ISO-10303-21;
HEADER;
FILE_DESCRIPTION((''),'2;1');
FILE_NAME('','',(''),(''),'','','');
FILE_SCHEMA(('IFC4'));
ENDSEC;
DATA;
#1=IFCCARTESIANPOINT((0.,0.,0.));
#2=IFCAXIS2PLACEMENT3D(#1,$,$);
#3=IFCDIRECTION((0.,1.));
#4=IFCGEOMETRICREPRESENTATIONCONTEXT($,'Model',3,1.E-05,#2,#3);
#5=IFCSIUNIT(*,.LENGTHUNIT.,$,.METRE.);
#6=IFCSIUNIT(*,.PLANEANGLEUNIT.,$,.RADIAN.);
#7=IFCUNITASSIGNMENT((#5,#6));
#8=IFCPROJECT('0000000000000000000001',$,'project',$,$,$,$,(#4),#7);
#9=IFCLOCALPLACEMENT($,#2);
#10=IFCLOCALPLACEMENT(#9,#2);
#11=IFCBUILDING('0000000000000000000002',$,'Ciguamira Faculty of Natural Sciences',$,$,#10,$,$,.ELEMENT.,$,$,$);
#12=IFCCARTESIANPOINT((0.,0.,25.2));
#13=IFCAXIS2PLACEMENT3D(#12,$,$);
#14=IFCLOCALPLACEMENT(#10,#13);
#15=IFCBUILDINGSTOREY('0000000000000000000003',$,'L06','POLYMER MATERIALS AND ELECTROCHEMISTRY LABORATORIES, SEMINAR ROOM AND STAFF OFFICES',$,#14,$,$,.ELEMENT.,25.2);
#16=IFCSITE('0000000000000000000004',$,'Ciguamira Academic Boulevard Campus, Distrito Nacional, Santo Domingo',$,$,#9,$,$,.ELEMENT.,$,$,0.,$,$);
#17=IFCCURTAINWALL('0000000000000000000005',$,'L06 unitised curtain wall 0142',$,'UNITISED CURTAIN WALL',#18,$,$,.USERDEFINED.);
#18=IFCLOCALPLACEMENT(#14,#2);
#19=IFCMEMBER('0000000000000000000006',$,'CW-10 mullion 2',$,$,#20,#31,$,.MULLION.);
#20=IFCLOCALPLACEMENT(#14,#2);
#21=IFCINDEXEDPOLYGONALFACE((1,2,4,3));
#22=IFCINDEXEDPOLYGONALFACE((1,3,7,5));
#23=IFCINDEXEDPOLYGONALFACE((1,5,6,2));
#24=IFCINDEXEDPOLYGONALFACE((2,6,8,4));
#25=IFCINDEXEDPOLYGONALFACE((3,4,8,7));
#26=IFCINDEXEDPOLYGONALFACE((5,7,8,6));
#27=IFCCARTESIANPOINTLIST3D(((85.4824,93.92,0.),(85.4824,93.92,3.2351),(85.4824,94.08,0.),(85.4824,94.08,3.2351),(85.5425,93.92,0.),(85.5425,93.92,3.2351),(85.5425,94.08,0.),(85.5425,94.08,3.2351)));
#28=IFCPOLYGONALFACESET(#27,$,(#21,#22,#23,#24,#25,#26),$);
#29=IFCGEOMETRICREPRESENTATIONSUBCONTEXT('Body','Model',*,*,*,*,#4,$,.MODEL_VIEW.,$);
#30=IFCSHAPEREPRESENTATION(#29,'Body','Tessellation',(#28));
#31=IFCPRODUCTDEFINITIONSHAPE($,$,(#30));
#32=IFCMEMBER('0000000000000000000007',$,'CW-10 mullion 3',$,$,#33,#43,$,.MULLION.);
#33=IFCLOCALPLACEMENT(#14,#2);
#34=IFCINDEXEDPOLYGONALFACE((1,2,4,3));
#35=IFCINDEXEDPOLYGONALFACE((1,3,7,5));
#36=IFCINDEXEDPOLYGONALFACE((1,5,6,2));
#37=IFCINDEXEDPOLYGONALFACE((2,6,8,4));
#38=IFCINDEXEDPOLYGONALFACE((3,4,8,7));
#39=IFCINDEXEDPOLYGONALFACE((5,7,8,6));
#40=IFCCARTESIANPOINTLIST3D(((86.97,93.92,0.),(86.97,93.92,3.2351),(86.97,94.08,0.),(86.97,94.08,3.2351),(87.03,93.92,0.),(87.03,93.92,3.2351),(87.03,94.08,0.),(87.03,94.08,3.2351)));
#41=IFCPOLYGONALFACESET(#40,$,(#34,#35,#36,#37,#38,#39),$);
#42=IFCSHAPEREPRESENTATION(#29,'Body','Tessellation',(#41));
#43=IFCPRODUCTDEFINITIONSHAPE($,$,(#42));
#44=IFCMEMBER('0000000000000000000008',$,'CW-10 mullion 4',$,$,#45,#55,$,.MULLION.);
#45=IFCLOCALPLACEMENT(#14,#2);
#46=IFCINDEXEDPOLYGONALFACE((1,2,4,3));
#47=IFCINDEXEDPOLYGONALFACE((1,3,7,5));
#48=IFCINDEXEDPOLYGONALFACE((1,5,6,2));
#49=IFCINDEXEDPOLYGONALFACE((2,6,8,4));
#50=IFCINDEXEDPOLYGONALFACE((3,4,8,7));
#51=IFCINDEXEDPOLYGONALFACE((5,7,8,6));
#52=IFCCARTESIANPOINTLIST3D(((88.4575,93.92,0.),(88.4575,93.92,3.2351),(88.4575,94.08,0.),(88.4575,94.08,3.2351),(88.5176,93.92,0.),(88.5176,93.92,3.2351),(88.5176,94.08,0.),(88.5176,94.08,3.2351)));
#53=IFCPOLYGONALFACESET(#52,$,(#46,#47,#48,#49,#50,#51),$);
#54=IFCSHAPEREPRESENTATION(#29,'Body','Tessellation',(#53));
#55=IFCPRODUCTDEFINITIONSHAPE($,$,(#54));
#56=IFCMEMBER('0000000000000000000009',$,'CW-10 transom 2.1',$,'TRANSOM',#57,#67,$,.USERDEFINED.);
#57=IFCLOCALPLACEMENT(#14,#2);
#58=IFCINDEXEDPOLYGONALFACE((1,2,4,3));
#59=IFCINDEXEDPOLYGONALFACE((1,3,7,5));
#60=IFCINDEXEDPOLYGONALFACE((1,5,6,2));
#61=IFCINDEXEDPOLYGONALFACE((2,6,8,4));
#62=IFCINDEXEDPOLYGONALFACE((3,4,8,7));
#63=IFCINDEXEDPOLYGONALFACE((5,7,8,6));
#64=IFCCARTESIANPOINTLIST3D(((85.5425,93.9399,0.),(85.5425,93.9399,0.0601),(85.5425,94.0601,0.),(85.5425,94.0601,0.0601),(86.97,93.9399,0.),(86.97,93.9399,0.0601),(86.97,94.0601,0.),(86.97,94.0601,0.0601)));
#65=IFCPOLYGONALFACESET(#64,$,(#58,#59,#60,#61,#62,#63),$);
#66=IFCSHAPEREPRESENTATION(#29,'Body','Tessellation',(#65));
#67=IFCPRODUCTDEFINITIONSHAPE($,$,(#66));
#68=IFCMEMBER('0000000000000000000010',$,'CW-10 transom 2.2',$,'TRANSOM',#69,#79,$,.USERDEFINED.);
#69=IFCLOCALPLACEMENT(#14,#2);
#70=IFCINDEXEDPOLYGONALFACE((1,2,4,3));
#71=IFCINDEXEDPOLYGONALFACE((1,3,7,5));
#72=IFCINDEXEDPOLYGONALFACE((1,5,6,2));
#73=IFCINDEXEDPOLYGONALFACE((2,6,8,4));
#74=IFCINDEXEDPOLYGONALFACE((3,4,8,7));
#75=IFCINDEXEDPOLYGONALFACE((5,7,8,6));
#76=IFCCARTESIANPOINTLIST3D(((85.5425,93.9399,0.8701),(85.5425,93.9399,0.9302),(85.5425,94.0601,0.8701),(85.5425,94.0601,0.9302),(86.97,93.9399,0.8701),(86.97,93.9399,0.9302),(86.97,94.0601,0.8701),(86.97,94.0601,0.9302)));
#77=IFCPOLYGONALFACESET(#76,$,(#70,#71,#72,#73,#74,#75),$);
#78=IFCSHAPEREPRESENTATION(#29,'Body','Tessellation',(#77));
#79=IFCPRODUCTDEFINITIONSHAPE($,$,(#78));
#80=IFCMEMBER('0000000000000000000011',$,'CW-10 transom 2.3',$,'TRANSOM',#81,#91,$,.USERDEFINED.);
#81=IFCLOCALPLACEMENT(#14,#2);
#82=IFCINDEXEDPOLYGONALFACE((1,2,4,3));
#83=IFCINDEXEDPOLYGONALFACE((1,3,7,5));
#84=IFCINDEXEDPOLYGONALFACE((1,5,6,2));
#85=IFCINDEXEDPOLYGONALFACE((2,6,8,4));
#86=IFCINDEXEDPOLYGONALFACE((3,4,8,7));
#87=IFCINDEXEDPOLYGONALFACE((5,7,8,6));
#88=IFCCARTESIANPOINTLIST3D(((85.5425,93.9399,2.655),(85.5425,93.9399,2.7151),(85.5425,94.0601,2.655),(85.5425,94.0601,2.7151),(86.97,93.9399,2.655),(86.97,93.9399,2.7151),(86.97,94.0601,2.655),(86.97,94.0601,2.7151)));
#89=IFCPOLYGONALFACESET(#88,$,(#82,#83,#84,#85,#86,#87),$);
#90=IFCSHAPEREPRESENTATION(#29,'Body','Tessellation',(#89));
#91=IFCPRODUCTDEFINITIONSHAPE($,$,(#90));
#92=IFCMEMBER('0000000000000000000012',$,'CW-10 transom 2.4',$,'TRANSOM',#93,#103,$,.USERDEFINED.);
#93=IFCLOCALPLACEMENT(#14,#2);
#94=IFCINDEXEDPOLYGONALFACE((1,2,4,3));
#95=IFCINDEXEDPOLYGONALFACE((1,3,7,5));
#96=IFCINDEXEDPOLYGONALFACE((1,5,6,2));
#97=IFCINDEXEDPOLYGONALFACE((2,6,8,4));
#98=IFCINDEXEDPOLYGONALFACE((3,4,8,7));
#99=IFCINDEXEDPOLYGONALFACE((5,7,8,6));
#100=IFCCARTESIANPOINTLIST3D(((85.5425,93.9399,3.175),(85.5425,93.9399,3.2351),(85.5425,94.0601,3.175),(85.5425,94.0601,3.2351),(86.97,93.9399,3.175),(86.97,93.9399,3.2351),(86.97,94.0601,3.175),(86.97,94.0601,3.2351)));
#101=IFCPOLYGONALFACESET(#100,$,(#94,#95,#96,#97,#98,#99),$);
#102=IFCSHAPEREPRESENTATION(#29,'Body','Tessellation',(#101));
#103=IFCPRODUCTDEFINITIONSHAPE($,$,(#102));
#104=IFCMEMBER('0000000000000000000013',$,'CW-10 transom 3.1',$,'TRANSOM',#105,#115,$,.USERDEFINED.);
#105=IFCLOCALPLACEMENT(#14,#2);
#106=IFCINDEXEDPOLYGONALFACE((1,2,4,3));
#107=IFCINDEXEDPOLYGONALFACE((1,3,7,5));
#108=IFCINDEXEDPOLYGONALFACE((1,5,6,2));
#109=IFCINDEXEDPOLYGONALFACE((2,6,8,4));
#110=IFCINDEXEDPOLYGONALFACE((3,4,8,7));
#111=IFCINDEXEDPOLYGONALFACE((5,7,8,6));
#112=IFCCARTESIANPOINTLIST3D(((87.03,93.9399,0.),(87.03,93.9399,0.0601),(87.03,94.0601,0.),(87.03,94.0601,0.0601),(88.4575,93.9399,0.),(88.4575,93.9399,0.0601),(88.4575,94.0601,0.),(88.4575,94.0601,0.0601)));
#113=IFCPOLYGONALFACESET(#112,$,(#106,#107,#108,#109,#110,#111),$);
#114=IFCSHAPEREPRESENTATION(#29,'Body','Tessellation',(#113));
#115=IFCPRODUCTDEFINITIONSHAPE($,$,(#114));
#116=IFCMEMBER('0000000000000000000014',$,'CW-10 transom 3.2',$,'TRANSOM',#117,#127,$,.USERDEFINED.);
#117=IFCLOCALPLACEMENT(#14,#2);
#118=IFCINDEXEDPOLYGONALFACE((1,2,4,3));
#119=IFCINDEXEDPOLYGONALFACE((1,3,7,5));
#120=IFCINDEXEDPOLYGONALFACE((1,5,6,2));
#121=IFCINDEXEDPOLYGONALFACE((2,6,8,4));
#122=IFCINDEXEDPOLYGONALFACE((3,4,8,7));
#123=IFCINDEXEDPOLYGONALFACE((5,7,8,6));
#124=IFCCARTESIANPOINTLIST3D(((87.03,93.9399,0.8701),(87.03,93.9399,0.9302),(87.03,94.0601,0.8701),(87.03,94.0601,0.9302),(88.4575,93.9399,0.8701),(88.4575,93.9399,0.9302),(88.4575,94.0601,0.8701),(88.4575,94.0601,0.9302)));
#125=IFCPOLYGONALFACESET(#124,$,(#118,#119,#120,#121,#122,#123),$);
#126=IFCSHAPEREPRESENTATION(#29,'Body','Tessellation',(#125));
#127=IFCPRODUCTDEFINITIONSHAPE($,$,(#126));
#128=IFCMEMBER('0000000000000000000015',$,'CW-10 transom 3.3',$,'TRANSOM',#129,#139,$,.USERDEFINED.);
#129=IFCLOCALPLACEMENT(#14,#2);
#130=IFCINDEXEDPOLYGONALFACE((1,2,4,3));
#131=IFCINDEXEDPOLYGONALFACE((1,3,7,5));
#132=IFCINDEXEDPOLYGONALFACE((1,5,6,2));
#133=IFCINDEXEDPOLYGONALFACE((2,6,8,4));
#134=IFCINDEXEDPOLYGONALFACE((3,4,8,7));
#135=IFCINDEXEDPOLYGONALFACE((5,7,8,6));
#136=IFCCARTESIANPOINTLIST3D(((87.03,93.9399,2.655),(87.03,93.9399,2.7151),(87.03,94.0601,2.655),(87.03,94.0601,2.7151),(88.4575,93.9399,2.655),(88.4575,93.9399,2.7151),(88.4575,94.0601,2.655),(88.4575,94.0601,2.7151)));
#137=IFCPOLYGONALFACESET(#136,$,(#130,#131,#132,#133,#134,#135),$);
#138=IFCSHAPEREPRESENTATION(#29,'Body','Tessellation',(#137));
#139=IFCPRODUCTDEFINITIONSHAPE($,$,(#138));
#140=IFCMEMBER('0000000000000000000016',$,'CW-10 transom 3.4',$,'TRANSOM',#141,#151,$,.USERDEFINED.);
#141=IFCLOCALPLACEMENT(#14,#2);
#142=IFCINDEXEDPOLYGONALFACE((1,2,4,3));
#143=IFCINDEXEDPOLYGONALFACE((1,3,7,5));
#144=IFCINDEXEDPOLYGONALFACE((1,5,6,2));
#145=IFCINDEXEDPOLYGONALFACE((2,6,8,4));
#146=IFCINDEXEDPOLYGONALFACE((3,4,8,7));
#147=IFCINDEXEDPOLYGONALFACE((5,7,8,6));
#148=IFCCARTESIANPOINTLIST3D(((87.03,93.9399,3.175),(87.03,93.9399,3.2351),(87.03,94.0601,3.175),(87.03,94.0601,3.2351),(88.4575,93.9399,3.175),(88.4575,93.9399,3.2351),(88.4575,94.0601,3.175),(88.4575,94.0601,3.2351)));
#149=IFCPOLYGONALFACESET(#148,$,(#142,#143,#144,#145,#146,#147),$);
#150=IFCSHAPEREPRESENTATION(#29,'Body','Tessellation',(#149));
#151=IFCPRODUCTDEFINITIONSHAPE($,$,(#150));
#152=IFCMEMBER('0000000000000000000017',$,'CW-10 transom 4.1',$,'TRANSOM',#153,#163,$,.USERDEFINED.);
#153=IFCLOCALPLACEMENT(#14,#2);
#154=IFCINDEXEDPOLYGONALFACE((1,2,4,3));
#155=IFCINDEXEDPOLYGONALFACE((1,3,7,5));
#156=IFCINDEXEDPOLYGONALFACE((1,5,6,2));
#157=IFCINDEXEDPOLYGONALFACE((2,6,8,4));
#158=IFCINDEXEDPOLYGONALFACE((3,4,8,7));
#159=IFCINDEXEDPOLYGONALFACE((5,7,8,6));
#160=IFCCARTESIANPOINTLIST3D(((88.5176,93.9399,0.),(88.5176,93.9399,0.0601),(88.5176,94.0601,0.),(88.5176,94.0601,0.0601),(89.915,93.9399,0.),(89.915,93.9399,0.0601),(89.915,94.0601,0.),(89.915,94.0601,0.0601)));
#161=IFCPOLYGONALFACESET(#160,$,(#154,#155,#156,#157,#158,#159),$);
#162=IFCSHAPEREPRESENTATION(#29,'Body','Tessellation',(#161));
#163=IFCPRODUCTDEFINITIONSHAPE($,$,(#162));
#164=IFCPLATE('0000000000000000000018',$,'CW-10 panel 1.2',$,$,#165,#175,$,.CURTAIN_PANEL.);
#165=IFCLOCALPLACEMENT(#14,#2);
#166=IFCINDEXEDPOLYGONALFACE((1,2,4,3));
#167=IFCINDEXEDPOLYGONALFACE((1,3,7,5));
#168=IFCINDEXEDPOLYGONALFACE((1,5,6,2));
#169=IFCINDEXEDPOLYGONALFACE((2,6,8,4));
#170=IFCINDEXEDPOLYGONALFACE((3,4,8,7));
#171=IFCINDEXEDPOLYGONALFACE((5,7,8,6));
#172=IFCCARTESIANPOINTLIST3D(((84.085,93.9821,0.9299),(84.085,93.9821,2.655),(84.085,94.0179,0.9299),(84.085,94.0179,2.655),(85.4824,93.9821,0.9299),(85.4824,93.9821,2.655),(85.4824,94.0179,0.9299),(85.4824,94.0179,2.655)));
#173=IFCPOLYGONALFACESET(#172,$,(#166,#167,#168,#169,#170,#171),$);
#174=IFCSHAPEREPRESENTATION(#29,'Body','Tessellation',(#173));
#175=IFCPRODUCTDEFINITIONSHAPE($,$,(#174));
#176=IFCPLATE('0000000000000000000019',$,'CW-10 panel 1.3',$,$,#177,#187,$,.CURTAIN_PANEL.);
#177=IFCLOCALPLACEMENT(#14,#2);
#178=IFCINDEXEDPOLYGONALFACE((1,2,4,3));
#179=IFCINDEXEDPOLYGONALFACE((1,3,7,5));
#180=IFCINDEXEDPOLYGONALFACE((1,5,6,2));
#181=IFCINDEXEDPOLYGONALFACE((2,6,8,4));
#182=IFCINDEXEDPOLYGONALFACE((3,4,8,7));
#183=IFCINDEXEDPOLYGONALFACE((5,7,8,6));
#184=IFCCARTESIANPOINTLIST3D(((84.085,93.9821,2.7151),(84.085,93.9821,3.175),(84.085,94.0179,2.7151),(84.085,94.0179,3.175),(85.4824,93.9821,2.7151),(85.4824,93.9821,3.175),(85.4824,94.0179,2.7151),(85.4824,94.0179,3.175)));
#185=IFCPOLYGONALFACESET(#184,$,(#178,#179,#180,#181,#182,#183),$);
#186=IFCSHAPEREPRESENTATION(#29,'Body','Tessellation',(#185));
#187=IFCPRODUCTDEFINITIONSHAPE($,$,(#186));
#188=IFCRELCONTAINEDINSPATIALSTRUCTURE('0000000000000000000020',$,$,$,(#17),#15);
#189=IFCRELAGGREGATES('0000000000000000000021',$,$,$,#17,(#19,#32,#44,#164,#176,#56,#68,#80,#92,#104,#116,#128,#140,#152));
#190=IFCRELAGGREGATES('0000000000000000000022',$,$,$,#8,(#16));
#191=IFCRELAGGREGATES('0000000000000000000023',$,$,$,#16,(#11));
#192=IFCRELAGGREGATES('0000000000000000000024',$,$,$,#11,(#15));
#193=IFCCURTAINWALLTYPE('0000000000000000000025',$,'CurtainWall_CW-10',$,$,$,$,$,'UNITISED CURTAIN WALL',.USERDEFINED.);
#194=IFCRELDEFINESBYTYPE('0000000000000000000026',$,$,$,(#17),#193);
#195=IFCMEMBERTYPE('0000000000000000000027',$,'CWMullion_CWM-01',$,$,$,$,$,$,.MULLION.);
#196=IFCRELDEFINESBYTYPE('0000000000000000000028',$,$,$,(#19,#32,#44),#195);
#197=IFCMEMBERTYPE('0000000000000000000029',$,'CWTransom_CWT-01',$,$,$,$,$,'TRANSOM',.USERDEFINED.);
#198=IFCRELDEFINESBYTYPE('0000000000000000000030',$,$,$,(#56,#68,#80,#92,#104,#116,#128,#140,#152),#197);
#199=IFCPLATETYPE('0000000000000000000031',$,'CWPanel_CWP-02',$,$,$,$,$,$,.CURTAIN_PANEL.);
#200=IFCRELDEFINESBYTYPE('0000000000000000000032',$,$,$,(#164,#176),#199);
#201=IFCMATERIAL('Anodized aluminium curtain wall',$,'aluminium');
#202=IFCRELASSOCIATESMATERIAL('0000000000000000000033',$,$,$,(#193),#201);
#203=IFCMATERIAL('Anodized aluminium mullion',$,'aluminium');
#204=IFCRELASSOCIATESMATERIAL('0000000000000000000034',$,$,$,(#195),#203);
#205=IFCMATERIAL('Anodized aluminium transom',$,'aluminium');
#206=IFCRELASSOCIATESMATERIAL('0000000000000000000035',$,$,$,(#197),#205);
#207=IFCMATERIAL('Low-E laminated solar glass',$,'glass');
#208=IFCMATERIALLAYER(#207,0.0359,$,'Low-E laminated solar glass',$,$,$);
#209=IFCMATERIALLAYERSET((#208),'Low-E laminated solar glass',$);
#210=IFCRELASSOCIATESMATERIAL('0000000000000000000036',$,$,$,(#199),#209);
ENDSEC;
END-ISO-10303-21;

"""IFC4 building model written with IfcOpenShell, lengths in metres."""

from ifc_helpers import new_model, si_unit, direction, frame, origin, origin_2d, place, context, subcontext, project, spatial, rectangle, extrude, material, layer, layer_set, material_profile, profile_set, type_object, element, aggregate, save


model = new_model("IFC4")

# Units and contexts
model_context = context("Model", 3, precision=1e-05, world=origin(), true_north=direction((0.0, 1.0)))
body_context = subcontext(model_context, "Body", "Model", "MODEL_VIEW")
ifc_project = project(units=[si_unit("LENGTHUNIT", "METRE"), si_unit("PLANEANGLEUNIT", "RADIAN")], contexts=[model_context])

# Site, building, storey
site_placement = place(None, origin())
site = spatial("IfcSite", under=ifc_project, at=site_placement, Name="Ciguamira Academic Boulevard Campus, Distrito Nacional, Santo Domingo", CompositionType="ELEMENT", RefElevation=0.0)
building_placement = place(site_placement, origin())
building = spatial("IfcBuilding", under=site, at=building_placement, Name="Ciguamira Faculty of Natural Sciences", CompositionType="ELEMENT")
storey_placement = place(building_placement, frame((0.0, 0.0, 25.2)))
storey = spatial("IfcBuildingStorey", under=building, at=storey_placement, Name="L06", Description="POLYMER MATERIALS AND ELECTROCHEMISTRY LABORATORIES, SEMINAR ROOM AND STAFF OFFICES", CompositionType="ELEMENT", Elevation=25.2)

# Curtain wall, members, plates
ifc_material_1 = material(Name="Anodized aluminium curtain wall", Category="aluminium")
curtain_wall_type = type_object("IfcCurtainWallType", Name="CurtainWall_CW-10", ElementType="UNITISED CURTAIN WALL", PredefinedType="USERDEFINED", material=ifc_material_1)
curtain_wall_placement = place(storey_placement, origin())
curtain_wall = element("IfcCurtainWall", 1, at=curtain_wall_placement, inside=storey, type_object=curtain_wall_type, Name="L06 unitised curtain wall 0142", ObjectType="UNITISED CURTAIN WALL", PredefinedType="USERDEFINED")
ifc_material_2 = material(Name="Anodized aluminium mullion", Category="aluminium")
ifc_material_profile_1 = material_profile(ifc_material_2, rectangle(XDim=0.0601, YDim=0.1599, at=origin_2d()), Name="ALU-MUL-60X160")
ifc_profile_set_1 = profile_set([ifc_material_profile_1], Name="Anodized aluminium mullion")
member_type_1 = type_object("IfcMemberType", Name="CWMullion_CWM-01", PredefinedType="MULLION", material=ifc_profile_set_1)
member_1_placement = place(storey_placement, frame((85.5125, 94.0, 0.0), z_axis=(0.0, 0.0, 1.0), x_axis=(1.0, 0.0, 0.0)))
member_1 = element("IfcMember", 2, at=member_1_placement, type_object=member_type_1, Name="CW-10 mullion 2", PredefinedType="MULLION", context=body_context, shape_type="SweptSolid", body=[
    extrude(rectangle(XDim=0.0601, YDim=0.1599, at=origin_2d()), origin(), (0.0, 0.0, 1.0), 3.2351),
])
member_2_placement = place(storey_placement, frame((87.0, 94.0, 0.0), z_axis=(0.0, 0.0, 1.0), x_axis=(1.0, 0.0, 0.0)))
member_2 = element("IfcMember", 3, at=member_2_placement, type_object=member_type_1, Name="CW-10 mullion 3", PredefinedType="MULLION", context=body_context, shape_type="SweptSolid", body=[
    extrude(rectangle(XDim=0.0601, YDim=0.1599, at=origin_2d()), origin(), (0.0, 0.0, 1.0), 3.2351),
])
member_3_placement = place(storey_placement, frame((88.4875, 94.0, 0.0), z_axis=(0.0, 0.0, 1.0), x_axis=(1.0, 0.0, 0.0)))
member_3 = element("IfcMember", 4, at=member_3_placement, type_object=member_type_1, Name="CW-10 mullion 4", PredefinedType="MULLION", context=body_context, shape_type="SweptSolid", body=[
    extrude(rectangle(XDim=0.0601, YDim=0.1599, at=origin_2d()), origin(), (0.0, 0.0, 1.0), 3.2351),
])
ifc_material_3 = material(Name="Anodized aluminium transom", Category="aluminium")
ifc_material_profile_2 = material_profile(ifc_material_3, rectangle(XDim=0.0601, YDim=0.1201, at=origin_2d()), Name="ALU-TRN-60X120")
ifc_profile_set_2 = profile_set([ifc_material_profile_2], Name="Anodized aluminium transom")
member_type_2 = type_object("IfcMemberType", Name="CWTransom_CWT-01", ElementType="TRANSOM", PredefinedType="USERDEFINED", material=ifc_profile_set_2)
member_4_placement = place(storey_placement, frame((85.5425, 94.0, 0.03), z_axis=(1.0, 0.0, 0.0), x_axis=(0.0, 0.0, 1.0)))
member_4 = element("IfcMember", 5, at=member_4_placement, type_object=member_type_2, Name="CW-10 transom 2.1", ObjectType="TRANSOM", PredefinedType="USERDEFINED", context=body_context, shape_type="SweptSolid", body=[
    extrude(rectangle(XDim=0.0601, YDim=0.1201, at=origin_2d()), origin(), (0.0, 0.0, 1.0), 1.4275),
])
member_5_placement = place(storey_placement, frame((85.5425, 94.0, 0.9001), z_axis=(1.0, 0.0, 0.0), x_axis=(0.0, 0.0, 1.0)))
member_5 = element("IfcMember", 6, at=member_5_placement, type_object=member_type_2, Name="CW-10 transom 2.2", ObjectType="TRANSOM", PredefinedType="USERDEFINED", context=body_context, shape_type="SweptSolid", body=[
    extrude(rectangle(XDim=0.0601, YDim=0.1201, at=origin_2d()), origin(), (0.0, 0.0, 1.0), 1.4275),
])
member_6_placement = place(storey_placement, frame((85.5425, 94.0, 2.6851), z_axis=(1.0, 0.0, 0.0), x_axis=(0.0, 0.0, 1.0)))
member_6 = element("IfcMember", 7, at=member_6_placement, type_object=member_type_2, Name="CW-10 transom 2.3", ObjectType="TRANSOM", PredefinedType="USERDEFINED", context=body_context, shape_type="SweptSolid", body=[
    extrude(rectangle(XDim=0.0601, YDim=0.1201, at=origin_2d()), origin(), (0.0, 0.0, 1.0), 1.4275),
])
member_7_placement = place(storey_placement, frame((85.5425, 94.0, 3.2051), z_axis=(1.0, 0.0, 0.0), x_axis=(0.0, 0.0, 1.0)))
member_7 = element("IfcMember", 8, at=member_7_placement, type_object=member_type_2, Name="CW-10 transom 2.4", ObjectType="TRANSOM", PredefinedType="USERDEFINED", context=body_context, shape_type="SweptSolid", body=[
    extrude(rectangle(XDim=0.0601, YDim=0.1201, at=origin_2d()), origin(), (0.0, 0.0, 1.0), 1.4275),
])
member_8_placement = place(storey_placement, frame((87.03, 94.0, 0.03), z_axis=(1.0, 0.0, 0.0), x_axis=(0.0, 0.0, 1.0)))
member_8 = element("IfcMember", 9, at=member_8_placement, type_object=member_type_2, Name="CW-10 transom 3.1", ObjectType="TRANSOM", PredefinedType="USERDEFINED", context=body_context, shape_type="SweptSolid", body=[
    extrude(rectangle(XDim=0.0601, YDim=0.1201, at=origin_2d()), origin(), (0.0, 0.0, 1.0), 1.4275),
])
member_9_placement = place(storey_placement, frame((87.03, 94.0, 0.9001), z_axis=(1.0, 0.0, 0.0), x_axis=(0.0, 0.0, 1.0)))
member_9 = element("IfcMember", 10, at=member_9_placement, type_object=member_type_2, Name="CW-10 transom 3.2", ObjectType="TRANSOM", PredefinedType="USERDEFINED", context=body_context, shape_type="SweptSolid", body=[
    extrude(rectangle(XDim=0.0601, YDim=0.1201, at=origin_2d()), origin(), (0.0, 0.0, 1.0), 1.4275),
])
member_10_placement = place(storey_placement, frame((87.03, 94.0, 2.6851), z_axis=(1.0, 0.0, 0.0), x_axis=(0.0, 0.0, 1.0)))
member_10 = element("IfcMember", 11, at=member_10_placement, type_object=member_type_2, Name="CW-10 transom 3.3", ObjectType="TRANSOM", PredefinedType="USERDEFINED", context=body_context, shape_type="SweptSolid", body=[
    extrude(rectangle(XDim=0.0601, YDim=0.1201, at=origin_2d()), origin(), (0.0, 0.0, 1.0), 1.4275),
])
member_11_placement = place(storey_placement, frame((87.03, 94.0, 3.2051), z_axis=(1.0, 0.0, 0.0), x_axis=(0.0, 0.0, 1.0)))
member_11 = element("IfcMember", 12, at=member_11_placement, type_object=member_type_2, Name="CW-10 transom 3.4", ObjectType="TRANSOM", PredefinedType="USERDEFINED", context=body_context, shape_type="SweptSolid", body=[
    extrude(rectangle(XDim=0.0601, YDim=0.1201, at=origin_2d()), origin(), (0.0, 0.0, 1.0), 1.4275),
])
member_12_placement = place(storey_placement, frame((88.5176, 94.0, 0.03), z_axis=(1.0, 0.0, 0.0), x_axis=(0.0, 0.0, 1.0)))
member_12 = element("IfcMember", 13, at=member_12_placement, type_object=member_type_2, Name="CW-10 transom 4.1", ObjectType="TRANSOM", PredefinedType="USERDEFINED", context=body_context, shape_type="SweptSolid", body=[
    extrude(rectangle(XDim=0.0601, YDim=0.1201, at=origin_2d()), origin(), (0.0, 0.0, 1.0), 1.3975),
])
ifc_material_4 = material(Name="Low-E laminated solar glass", Category="glass")
ifc_layer_1 = layer(ifc_material_4, 0.0359, Name="Low-E laminated solar glass")
ifc_layer_set_1 = layer_set([ifc_layer_1], Name="Low-E laminated solar glass")
plate_type = type_object("IfcPlateType", Name="CWPanel_CWP-02", PredefinedType="CURTAIN_PANEL", material=ifc_layer_set_1)
plate_1_placement = place(storey_placement, frame((84.7837, 94.0, 0.9299), z_axis=(0.0, 0.0, 1.0), x_axis=(1.0, 0.0, 0.0)))
plate_1 = element("IfcPlate", 14, at=plate_1_placement, type_object=plate_type, Name="CW-10 panel 1.2", PredefinedType="CURTAIN_PANEL", context=body_context, shape_type="SweptSolid", body=[
    extrude(rectangle(XDim=1.3975, YDim=0.0359, at=origin_2d()), origin(), (0.0, 0.0, 1.0), 1.7251),
])
plate_2_placement = place(storey_placement, frame((84.7837, 94.0, 2.7151), z_axis=(0.0, 0.0, 1.0), x_axis=(1.0, 0.0, 0.0)))
plate_2 = element("IfcPlate", 15, at=plate_2_placement, type_object=plate_type, Name="CW-10 panel 1.3", PredefinedType="CURTAIN_PANEL", context=body_context, shape_type="SweptSolid", body=[
    extrude(rectangle(XDim=1.3975, YDim=0.0359, at=origin_2d()), origin(), (0.0, 0.0, 1.0), 0.46),
])
aggregate(curtain_wall, [member_1, member_2, member_3, plate_1, plate_2, member_4, member_5, member_6, member_7, member_8, member_9, member_10, member_11, member_12])

save(model, "model.ifc")
